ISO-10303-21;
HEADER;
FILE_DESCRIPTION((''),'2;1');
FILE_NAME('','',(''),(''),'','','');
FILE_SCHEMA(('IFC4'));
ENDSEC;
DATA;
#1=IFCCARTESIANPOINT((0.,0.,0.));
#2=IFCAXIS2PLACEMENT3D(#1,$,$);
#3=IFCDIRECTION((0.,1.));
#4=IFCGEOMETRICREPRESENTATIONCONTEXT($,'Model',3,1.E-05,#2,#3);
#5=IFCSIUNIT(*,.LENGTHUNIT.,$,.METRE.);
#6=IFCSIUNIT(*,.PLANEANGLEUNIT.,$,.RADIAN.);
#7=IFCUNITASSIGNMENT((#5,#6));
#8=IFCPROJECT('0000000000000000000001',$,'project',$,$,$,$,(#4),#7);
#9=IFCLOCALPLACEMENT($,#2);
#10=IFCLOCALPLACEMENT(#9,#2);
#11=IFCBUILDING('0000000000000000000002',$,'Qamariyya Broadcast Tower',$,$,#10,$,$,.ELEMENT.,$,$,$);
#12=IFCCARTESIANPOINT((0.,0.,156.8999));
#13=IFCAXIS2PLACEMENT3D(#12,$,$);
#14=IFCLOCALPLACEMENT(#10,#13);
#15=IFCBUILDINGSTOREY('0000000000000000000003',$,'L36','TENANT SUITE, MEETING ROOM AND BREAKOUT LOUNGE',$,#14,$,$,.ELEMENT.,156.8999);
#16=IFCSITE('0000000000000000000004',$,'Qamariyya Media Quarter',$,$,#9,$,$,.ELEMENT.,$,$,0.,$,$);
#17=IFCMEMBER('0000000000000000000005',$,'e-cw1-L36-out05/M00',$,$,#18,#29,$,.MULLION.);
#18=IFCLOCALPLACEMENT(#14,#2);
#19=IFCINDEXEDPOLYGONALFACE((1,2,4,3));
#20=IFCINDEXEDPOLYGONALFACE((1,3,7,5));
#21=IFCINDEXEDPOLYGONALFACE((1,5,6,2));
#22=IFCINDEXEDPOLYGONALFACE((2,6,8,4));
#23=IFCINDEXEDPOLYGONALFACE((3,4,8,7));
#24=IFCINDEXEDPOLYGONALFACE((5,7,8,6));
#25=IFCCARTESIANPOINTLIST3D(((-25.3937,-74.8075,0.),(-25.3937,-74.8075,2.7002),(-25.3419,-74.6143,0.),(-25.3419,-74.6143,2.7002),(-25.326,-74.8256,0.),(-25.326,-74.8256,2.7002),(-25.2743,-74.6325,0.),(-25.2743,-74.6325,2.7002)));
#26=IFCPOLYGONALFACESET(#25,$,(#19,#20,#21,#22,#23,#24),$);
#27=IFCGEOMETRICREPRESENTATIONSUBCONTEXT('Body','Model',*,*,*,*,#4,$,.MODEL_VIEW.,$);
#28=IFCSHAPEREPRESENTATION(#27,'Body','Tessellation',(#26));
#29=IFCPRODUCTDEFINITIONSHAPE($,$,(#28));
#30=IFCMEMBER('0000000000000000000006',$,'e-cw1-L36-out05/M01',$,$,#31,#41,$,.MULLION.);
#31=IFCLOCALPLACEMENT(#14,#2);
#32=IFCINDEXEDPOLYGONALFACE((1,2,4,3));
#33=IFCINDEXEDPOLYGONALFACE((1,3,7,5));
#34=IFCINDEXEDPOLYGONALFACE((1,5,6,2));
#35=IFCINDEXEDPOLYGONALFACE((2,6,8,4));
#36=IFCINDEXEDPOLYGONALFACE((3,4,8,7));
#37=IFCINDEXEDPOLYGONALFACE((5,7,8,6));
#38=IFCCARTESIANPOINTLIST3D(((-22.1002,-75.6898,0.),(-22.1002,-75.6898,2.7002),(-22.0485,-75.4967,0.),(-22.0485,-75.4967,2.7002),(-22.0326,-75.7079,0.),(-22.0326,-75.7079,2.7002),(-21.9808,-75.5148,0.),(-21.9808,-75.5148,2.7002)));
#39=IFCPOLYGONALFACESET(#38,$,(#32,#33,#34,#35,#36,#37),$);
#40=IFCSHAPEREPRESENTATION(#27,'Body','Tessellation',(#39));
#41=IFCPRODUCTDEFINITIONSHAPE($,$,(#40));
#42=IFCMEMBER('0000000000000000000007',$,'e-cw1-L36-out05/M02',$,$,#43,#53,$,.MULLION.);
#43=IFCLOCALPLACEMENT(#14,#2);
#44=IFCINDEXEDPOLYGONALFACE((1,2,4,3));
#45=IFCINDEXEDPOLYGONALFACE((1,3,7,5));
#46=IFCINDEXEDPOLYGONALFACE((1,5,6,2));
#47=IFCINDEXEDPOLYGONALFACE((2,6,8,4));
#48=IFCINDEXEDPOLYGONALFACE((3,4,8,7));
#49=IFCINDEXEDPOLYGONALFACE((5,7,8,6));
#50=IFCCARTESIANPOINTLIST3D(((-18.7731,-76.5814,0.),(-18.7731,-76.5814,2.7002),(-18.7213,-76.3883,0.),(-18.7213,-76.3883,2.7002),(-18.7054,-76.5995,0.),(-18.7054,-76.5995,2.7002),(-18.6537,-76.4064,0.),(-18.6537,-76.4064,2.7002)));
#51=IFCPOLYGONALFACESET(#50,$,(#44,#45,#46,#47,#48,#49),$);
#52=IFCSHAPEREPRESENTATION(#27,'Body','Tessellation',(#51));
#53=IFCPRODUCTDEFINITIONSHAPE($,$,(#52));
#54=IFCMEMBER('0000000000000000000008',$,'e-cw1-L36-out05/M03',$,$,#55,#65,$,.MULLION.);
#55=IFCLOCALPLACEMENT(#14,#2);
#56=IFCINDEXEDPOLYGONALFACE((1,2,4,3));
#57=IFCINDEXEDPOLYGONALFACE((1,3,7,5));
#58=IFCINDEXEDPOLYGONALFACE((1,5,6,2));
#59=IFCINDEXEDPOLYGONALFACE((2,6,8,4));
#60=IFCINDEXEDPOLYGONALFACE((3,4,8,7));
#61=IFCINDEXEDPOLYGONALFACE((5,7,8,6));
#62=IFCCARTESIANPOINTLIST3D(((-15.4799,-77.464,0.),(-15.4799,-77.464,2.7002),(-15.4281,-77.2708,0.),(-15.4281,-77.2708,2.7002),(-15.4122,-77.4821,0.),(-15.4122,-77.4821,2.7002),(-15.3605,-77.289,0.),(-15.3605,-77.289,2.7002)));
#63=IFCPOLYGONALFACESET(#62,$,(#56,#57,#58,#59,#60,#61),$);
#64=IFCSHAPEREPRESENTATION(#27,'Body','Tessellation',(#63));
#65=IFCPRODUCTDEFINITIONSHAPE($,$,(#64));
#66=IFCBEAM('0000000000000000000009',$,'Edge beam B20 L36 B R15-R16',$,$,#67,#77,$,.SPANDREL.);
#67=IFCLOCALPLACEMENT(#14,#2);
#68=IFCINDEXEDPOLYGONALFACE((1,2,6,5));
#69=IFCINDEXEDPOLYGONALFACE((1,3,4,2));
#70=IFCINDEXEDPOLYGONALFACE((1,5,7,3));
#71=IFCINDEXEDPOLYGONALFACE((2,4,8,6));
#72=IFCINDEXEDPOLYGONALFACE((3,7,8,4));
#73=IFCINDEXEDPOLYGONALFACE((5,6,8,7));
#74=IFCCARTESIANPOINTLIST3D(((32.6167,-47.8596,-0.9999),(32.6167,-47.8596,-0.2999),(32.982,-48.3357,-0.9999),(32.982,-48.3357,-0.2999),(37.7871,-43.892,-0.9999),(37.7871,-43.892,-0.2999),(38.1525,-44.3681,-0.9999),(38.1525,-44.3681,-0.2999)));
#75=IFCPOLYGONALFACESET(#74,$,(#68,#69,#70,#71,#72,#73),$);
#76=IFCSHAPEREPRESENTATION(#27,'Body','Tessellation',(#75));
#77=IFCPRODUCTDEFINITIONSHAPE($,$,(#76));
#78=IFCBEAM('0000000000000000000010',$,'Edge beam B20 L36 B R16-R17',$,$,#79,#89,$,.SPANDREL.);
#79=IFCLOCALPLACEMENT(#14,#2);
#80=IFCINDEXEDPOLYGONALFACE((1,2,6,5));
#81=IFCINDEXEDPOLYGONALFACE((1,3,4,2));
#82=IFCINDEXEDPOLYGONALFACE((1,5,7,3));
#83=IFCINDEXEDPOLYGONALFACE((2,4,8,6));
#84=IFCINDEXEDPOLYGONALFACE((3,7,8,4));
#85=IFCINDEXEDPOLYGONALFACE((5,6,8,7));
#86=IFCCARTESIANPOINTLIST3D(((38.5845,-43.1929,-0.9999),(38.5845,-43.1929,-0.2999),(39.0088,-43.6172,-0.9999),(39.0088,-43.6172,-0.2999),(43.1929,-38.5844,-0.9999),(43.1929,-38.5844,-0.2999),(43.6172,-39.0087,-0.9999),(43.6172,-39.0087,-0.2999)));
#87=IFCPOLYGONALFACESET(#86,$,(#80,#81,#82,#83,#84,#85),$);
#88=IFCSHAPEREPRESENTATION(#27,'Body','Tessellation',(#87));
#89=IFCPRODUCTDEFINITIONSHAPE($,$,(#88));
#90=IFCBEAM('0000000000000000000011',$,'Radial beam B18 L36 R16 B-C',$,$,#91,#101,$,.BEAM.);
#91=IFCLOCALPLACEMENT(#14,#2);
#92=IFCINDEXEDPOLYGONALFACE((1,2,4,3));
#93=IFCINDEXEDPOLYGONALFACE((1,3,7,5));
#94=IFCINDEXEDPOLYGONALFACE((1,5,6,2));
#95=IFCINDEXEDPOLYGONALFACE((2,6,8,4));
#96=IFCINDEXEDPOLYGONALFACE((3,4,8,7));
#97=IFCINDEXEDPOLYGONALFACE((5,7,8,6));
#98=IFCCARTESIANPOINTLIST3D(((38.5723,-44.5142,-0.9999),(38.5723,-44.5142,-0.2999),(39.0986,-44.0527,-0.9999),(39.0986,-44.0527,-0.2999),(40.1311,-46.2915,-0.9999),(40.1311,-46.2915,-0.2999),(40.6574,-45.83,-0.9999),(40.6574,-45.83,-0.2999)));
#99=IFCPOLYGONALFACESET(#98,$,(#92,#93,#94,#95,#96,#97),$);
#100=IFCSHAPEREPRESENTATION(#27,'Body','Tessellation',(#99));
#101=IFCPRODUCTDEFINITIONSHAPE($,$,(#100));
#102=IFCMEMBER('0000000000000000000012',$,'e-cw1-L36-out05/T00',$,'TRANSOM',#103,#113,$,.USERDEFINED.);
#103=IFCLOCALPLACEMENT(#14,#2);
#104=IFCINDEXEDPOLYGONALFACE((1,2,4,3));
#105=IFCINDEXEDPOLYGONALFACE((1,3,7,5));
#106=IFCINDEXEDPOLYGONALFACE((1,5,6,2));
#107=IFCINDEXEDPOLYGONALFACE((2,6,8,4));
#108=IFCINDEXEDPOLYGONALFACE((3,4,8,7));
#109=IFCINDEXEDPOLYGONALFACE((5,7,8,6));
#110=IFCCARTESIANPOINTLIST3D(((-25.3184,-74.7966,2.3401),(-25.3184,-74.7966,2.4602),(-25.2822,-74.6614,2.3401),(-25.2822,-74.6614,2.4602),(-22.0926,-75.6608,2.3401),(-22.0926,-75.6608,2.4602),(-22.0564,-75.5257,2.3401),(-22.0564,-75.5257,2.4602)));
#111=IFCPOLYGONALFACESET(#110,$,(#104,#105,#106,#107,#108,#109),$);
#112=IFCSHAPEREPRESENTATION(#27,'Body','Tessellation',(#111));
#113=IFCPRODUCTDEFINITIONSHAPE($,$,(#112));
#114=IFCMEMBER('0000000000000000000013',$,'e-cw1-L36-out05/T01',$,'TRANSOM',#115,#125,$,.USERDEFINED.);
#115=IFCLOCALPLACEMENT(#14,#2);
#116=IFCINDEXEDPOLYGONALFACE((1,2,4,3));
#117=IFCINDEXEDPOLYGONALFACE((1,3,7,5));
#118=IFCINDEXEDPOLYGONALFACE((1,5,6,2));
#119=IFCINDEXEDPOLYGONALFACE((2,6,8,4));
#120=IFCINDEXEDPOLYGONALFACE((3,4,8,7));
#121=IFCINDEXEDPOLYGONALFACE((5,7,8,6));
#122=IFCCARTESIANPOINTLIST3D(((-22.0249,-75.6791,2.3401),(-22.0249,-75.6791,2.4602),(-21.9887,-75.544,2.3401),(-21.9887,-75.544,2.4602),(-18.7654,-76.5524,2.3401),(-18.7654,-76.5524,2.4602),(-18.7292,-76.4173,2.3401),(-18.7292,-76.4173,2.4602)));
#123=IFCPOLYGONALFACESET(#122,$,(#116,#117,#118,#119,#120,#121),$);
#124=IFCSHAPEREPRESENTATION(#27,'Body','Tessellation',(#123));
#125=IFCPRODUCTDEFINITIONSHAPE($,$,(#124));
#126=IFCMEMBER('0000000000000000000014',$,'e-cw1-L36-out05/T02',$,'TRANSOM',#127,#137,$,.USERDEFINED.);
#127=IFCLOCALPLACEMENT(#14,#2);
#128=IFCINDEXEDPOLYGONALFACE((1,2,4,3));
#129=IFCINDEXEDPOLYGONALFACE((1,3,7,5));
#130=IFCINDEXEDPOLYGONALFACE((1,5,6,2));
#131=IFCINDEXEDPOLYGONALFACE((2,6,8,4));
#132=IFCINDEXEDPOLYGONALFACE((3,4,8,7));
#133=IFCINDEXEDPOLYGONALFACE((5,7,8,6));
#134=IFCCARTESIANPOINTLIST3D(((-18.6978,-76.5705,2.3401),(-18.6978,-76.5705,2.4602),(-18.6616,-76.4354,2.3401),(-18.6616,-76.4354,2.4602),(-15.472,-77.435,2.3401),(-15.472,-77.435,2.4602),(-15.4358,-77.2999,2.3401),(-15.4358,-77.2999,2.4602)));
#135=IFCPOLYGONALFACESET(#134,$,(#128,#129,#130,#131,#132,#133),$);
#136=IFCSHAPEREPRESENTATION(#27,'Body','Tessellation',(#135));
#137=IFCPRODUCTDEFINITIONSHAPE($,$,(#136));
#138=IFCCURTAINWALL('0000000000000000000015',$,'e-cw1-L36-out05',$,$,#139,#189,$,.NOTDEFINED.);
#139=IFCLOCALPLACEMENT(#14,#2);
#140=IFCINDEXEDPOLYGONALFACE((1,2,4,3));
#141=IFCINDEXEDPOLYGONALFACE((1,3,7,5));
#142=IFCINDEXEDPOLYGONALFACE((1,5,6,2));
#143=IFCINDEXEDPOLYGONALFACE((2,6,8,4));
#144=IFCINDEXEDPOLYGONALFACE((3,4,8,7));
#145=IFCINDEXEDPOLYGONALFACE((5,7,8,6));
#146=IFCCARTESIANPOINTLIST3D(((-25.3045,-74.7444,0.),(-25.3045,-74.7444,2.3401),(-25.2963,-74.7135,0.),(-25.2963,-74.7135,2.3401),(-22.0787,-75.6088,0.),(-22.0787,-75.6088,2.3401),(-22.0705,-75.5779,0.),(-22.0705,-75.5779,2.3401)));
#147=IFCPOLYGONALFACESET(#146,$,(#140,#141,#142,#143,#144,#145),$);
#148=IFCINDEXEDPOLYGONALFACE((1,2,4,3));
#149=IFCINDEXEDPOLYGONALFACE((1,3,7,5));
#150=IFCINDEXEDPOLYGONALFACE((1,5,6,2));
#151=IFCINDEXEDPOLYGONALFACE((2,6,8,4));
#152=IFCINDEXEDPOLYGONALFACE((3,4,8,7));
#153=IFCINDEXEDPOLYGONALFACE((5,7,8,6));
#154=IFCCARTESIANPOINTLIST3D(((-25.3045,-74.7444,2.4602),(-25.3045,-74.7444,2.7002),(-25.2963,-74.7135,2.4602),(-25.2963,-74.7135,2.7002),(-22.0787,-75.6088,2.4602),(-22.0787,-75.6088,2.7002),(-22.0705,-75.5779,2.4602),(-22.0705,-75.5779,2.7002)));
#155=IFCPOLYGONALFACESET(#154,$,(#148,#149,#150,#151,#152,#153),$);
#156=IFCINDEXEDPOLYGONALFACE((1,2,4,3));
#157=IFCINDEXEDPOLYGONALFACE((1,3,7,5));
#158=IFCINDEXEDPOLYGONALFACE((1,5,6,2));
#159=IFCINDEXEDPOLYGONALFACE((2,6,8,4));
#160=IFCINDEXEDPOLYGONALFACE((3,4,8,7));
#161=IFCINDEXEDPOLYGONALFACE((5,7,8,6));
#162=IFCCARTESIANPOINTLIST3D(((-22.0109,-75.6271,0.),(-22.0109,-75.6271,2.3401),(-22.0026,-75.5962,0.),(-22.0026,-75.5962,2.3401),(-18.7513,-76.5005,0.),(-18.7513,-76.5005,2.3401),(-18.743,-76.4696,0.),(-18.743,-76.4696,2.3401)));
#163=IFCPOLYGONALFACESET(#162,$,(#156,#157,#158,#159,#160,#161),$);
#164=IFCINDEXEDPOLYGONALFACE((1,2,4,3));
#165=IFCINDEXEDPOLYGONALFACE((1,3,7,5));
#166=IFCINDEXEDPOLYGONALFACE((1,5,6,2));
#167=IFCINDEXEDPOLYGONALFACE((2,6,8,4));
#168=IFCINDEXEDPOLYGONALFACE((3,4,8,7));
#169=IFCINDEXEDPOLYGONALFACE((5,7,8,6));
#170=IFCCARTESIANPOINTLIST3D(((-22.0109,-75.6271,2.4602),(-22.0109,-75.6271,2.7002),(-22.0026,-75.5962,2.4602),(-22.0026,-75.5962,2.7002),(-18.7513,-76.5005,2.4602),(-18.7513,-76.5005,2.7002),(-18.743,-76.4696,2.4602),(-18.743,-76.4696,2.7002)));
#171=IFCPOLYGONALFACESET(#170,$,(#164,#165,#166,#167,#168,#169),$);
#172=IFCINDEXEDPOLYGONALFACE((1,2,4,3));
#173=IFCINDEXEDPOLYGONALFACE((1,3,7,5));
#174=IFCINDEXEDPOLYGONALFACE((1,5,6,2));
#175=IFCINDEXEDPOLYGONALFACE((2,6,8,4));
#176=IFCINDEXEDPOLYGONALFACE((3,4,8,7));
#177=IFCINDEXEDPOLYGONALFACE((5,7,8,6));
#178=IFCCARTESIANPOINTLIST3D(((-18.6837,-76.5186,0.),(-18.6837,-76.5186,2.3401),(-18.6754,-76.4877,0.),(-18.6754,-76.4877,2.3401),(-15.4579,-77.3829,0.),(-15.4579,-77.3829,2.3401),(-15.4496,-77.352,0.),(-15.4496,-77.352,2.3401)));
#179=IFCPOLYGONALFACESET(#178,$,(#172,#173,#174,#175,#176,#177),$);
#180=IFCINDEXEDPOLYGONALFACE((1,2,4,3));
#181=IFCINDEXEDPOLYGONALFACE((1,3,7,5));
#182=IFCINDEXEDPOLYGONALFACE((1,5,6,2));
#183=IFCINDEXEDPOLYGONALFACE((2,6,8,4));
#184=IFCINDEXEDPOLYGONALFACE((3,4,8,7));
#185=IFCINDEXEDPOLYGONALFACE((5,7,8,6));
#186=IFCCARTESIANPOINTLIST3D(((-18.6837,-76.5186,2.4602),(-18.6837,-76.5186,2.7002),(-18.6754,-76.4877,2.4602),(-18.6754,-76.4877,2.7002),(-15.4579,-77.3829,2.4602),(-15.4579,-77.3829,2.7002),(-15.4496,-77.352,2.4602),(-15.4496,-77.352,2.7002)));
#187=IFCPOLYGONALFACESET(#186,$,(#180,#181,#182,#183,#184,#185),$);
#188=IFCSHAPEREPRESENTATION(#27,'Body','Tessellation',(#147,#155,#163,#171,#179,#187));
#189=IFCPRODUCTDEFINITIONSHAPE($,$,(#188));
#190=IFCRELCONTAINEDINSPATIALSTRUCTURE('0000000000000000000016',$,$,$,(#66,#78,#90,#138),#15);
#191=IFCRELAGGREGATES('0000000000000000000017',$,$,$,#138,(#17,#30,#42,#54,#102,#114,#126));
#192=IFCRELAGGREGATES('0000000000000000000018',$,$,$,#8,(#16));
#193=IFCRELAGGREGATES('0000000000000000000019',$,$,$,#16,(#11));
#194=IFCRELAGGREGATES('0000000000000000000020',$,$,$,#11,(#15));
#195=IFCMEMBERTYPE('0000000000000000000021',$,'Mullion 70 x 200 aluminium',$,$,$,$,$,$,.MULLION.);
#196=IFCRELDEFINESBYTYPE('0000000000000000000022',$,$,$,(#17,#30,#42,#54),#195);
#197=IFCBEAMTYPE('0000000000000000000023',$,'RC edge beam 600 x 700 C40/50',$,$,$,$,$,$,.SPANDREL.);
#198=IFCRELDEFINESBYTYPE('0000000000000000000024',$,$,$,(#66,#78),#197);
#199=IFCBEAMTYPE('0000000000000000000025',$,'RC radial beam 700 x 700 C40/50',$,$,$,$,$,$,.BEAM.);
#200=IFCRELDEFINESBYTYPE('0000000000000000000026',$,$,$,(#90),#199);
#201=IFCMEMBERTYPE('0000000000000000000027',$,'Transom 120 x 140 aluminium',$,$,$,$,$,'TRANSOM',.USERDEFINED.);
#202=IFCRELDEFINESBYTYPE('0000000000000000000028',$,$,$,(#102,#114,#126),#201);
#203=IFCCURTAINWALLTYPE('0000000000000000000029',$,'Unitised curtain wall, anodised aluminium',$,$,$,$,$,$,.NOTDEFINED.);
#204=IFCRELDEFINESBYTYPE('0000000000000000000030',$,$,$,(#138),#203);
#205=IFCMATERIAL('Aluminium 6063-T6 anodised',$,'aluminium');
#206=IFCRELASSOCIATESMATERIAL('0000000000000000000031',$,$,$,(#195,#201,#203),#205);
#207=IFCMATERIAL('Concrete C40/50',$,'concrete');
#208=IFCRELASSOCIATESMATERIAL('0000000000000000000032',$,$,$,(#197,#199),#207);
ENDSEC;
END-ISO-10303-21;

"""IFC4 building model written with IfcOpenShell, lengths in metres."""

from ifc_helpers import new_model, si_unit, direction, frame, origin, origin_2d, place, context, subcontext, project, spatial, rectangle, extrude, material, material_profile, profile_set, type_object, element, aggregate, save


model = new_model("IFC4")

# Units and contexts
model_context = context("Model", 3, precision=1e-05, world=origin(), true_north=direction((0.0, 1.0)))
body_context = subcontext(model_context, "Body", "Model", "MODEL_VIEW")
ifc_project = project(units=[si_unit("LENGTHUNIT", "METRE"), si_unit("PLANEANGLEUNIT", "RADIAN")], contexts=[model_context])

# Site, building, storey
site_placement = place(None, origin())
site = spatial("IfcSite", under=ifc_project, at=site_placement, Name="Qamariyya Media Quarter", CompositionType="ELEMENT", RefElevation=0.0)
building_placement = place(site_placement, origin())
building = spatial("IfcBuilding", under=site, at=building_placement, Name="Qamariyya Broadcast Tower", CompositionType="ELEMENT")
storey_placement = place(building_placement, frame((0.0, 0.0, 156.8999)))
storey = spatial("IfcBuildingStorey", under=building, at=storey_placement, Name="L36", Description="TENANT SUITE, MEETING ROOM AND BREAKOUT LOUNGE", CompositionType="ELEMENT", Elevation=156.8999)

# Members
ifc_material_1 = material(Name="Aluminium 6063-T6 anodised", Category="aluminium")
ifc_material_profile_1 = material_profile(ifc_material_1, rectangle(XDim=0.2, YDim=0.0701, at=origin_2d()))
ifc_profile_set_1 = profile_set([ifc_material_profile_1], Name="Aluminium 6063-T6 anodised")
member_type_1 = type_object("IfcMemberType", Name="Mullion 70 x 200 aluminium", PredefinedType="MULLION", material=ifc_profile_set_1)
member_1_placement = place(storey_placement, frame((-25.334, -74.72, 0.0), z_axis=(0.0, 0.0, 1.0), x_axis=(0.258819, 0.965926, 0.0)))
member_1 = element("IfcMember", 1, at=member_1_placement, type_object=member_type_1, Name="e-cw1-L36-out05/M00", PredefinedType="MULLION", context=body_context, shape_type="SweptSolid", body=[
    extrude(rectangle(XDim=0.2, YDim=0.0701, at=origin_2d()), origin(), (0.0, 0.0, 1.0), 2.7002),
])
member_2_placement = place(storey_placement, frame((-22.0405, -75.6023, 0.0), z_axis=(0.0, 0.0, 1.0), x_axis=(0.258819, 0.965926, 0.0)))
member_2 = element("IfcMember", 2, at=member_2_placement, type_object=member_type_1, Name="e-cw1-L36-out05/M01", PredefinedType="MULLION", context=body_context, shape_type="SweptSolid", body=[
    extrude(rectangle(XDim=0.2, YDim=0.0701, at=origin_2d()), origin(), (0.0, 0.0, 1.0), 2.7002),
])
member_3_placement = place(storey_placement, frame((-18.7134, -76.4939, 0.0), z_axis=(0.0, 0.0, 1.0), x_axis=(0.258819, 0.965926, 0.0)))
member_3 = element("IfcMember", 3, at=member_3_placement, type_object=member_type_1, Name="e-cw1-L36-out05/M02", PredefinedType="MULLION", context=body_context, shape_type="SweptSolid", body=[
    extrude(rectangle(XDim=0.2, YDim=0.0701, at=origin_2d()), origin(), (0.0, 0.0, 1.0), 2.7002),
])
member_4_placement = place(storey_placement, frame((-15.4202, -77.3765, 0.0), z_axis=(0.0, 0.0, 1.0), x_axis=(0.258819, 0.965926, 0.0)))
member_4 = element("IfcMember", 4, at=member_4_placement, type_object=member_type_1, Name="e-cw1-L36-out05/M03", PredefinedType="MULLION", context=body_context, shape_type="SweptSolid", body=[
    extrude(rectangle(XDim=0.2, YDim=0.0701, at=origin_2d()), origin(), (0.0, 0.0, 1.0), 2.7002),
])

# Beams
ifc_material_2 = material(Name="Concrete C40/50", Category="concrete")
ifc_material_profile_2 = material_profile(ifc_material_2, rectangle(XDim=0.6001, YDim=0.7, at=origin_2d()))
ifc_profile_set_2 = profile_set([ifc_material_profile_2], Name="Concrete C40/50")
beam_type_1 = type_object("IfcBeamType", Name="RC edge beam 600 x 700 C40/50", PredefinedType="SPANDREL", material=ifc_profile_set_2)
for number, where, z_axis, x_axis, name in (
    (5, (32.7993, -48.0977, -0.6499), (0.793343, 0.608774, 0.0), (-0.608774, 0.793343, 0.0), "Edge beam B20 L36 B R15-R16"),
    (6, (38.7966, -43.405, -0.6499), (0.707107, 0.707107, 0.0), (-0.707107, 0.707107, 0.0), "Edge beam B20 L36 B R16-R17"),
):
    element("IfcBeam", number, at=place(storey_placement, frame(where, z_axis=z_axis, x_axis=x_axis)), inside=storey, type_object=beam_type_1, Name=name, PredefinedType="SPANDREL", context=body_context, shape_type="SweptSolid", body=[
        extrude(rectangle(XDim=0.6001, YDim=0.7, at=origin_2d()), origin(), (0.0, 0.0, 1.0), 6.5173),
    ])
ifc_material_profile_3 = material_profile(ifc_material_2, rectangle(XDim=0.7, YDim=0.7, at=origin_2d()))
ifc_profile_set_3 = profile_set([ifc_material_profile_3], Name="Concrete C40/50")
beam_type_2 = type_object("IfcBeamType", Name="RC radial beam 700 x 700 C40/50", PredefinedType="BEAM", material=ifc_profile_set_3)
beam_placement = place(storey_placement, frame((38.8354, -44.2834, -0.6499), z_axis=(0.659382, -0.751809, 0.0), x_axis=(0.751809, 0.659382, 0.0)))
element("IfcBeam", 7, at=beam_placement, inside=storey, type_object=beam_type_2, Name="Radial beam B18 L36 R16 B-C", PredefinedType="BEAM", context=body_context, shape_type="SweptSolid", body=[
    extrude(rectangle(XDim=0.7, YDim=0.7, at=origin_2d()), origin(), (0.0, 0.0, 1.0), 2.364),
])

# Members
ifc_material_profile_4 = material_profile(ifc_material_1, rectangle(XDim=0.1399, YDim=0.1201, at=origin_2d()))
ifc_profile_set_4 = profile_set([ifc_material_profile_4], Name="Aluminium 6063-T6 anodised")
member_type_2 = type_object("IfcMemberType", Name="Transom 120 x 140 aluminium", ElementType="TRANSOM", PredefinedType="USERDEFINED", material=ifc_profile_set_4)
member_5_placement = place(storey_placement, frame((-25.3003, -74.729, 2.4001), z_axis=(0.965933, -0.258791, 0.0), x_axis=(0.258791, 0.965933, 0.0)))
member_5 = element("IfcMember", 8, at=member_5_placement, type_object=member_type_2, Name="e-cw1-L36-out05/T00", ObjectType="TRANSOM", PredefinedType="USERDEFINED", context=body_context, shape_type="SweptSolid", body=[
    extrude(rectangle(XDim=0.1399, YDim=0.1201, at=origin_2d()), origin(), (0.0, 0.0, 1.0), 3.3396),
])
member_6_placement = place(storey_placement, frame((-22.0068, -75.6116, 2.4001), z_axis=(0.965933, -0.258793, 0.0), x_axis=(0.258793, 0.965933, 0.0)))
member_6 = element("IfcMember", 9, at=member_6_placement, type_object=member_type_2, Name="e-cw1-L36-out05/T01", ObjectType="TRANSOM", PredefinedType="USERDEFINED", context=body_context, shape_type="SweptSolid", body=[
    extrude(rectangle(XDim=0.1399, YDim=0.1201, at=origin_2d()), origin(), (0.0, 0.0, 1.0), 3.3745),
])
member_7_placement = place(storey_placement, frame((-18.6797, -76.5029, 2.4001), z_axis=(0.965915, -0.258859, 0.0), x_axis=(0.258859, 0.965915, 0.0)))
member_7 = element("IfcMember", 10, at=member_7_placement, type_object=member_type_2, Name="e-cw1-L36-out05/T02", ObjectType="TRANSOM", PredefinedType="USERDEFINED", context=body_context, shape_type="SweptSolid", body=[
    extrude(rectangle(XDim=0.1399, YDim=0.1201, at=origin_2d()), origin(), (0.0, 0.0, 1.0), 3.3396),
])

# Curtain wall
curtain_wall_type = type_object("IfcCurtainWallType", Name="Unitised curtain wall, anodised aluminium", PredefinedType="NOTDEFINED", material=ifc_material_1)
curtain_wall_1_placement = place(storey_placement, origin())
curtain_wall_1 = element("IfcCurtainWall", 11, at=curtain_wall_1_placement, inside=storey, type_object=curtain_wall_type, Name="e-cw1-L36-out05", PredefinedType="NOTDEFINED", context=body_context, shape_type="SweptSolid", body=[
    extrude(rectangle(XDim=3.3396, YDim=0.032, at=origin_2d()), frame((-23.6875, -75.1611, 0.0), x_axis=(0.965926, -0.258817, 0.0)), (0.0, 0.0, 1.0), 2.3401),
    extrude(rectangle(XDim=3.3396, YDim=0.032, at=origin_2d()), frame((-23.6875, -75.1611, 2.4602), x_axis=(0.965926, -0.258817, 0.0)), (0.0, 0.0, 1.0), 0.24),
    extrude(rectangle(XDim=3.3745, YDim=0.032, at=origin_2d()), frame((-20.377, -76.0483, 0.0), x_axis=(0.965926, -0.258817, 0.0)), (0.0, 0.0, 1.0), 2.3401),
    extrude(rectangle(XDim=3.3745, YDim=0.032, at=origin_2d()), frame((-20.377, -76.0483, 2.4602), x_axis=(0.965926, -0.258817, 0.0)), (0.0, 0.0, 1.0), 0.24),
    extrude(rectangle(XDim=3.3396, YDim=0.032, at=origin_2d()), frame((-17.0667, -76.9353, 0.0), x_axis=(0.965926, -0.258817, 0.0)), (0.0, 0.0, 1.0), 2.3401),
    extrude(rectangle(XDim=3.3396, YDim=0.032, at=origin_2d()), frame((-17.0667, -76.9353, 2.4602), x_axis=(0.965926, -0.258817, 0.0)), (0.0, 0.0, 1.0), 0.24),
])
aggregate(curtain_wall_1, [member_1, member_2, member_3, member_4, member_5, member_6, member_7])

save(model, "model.ifc")
